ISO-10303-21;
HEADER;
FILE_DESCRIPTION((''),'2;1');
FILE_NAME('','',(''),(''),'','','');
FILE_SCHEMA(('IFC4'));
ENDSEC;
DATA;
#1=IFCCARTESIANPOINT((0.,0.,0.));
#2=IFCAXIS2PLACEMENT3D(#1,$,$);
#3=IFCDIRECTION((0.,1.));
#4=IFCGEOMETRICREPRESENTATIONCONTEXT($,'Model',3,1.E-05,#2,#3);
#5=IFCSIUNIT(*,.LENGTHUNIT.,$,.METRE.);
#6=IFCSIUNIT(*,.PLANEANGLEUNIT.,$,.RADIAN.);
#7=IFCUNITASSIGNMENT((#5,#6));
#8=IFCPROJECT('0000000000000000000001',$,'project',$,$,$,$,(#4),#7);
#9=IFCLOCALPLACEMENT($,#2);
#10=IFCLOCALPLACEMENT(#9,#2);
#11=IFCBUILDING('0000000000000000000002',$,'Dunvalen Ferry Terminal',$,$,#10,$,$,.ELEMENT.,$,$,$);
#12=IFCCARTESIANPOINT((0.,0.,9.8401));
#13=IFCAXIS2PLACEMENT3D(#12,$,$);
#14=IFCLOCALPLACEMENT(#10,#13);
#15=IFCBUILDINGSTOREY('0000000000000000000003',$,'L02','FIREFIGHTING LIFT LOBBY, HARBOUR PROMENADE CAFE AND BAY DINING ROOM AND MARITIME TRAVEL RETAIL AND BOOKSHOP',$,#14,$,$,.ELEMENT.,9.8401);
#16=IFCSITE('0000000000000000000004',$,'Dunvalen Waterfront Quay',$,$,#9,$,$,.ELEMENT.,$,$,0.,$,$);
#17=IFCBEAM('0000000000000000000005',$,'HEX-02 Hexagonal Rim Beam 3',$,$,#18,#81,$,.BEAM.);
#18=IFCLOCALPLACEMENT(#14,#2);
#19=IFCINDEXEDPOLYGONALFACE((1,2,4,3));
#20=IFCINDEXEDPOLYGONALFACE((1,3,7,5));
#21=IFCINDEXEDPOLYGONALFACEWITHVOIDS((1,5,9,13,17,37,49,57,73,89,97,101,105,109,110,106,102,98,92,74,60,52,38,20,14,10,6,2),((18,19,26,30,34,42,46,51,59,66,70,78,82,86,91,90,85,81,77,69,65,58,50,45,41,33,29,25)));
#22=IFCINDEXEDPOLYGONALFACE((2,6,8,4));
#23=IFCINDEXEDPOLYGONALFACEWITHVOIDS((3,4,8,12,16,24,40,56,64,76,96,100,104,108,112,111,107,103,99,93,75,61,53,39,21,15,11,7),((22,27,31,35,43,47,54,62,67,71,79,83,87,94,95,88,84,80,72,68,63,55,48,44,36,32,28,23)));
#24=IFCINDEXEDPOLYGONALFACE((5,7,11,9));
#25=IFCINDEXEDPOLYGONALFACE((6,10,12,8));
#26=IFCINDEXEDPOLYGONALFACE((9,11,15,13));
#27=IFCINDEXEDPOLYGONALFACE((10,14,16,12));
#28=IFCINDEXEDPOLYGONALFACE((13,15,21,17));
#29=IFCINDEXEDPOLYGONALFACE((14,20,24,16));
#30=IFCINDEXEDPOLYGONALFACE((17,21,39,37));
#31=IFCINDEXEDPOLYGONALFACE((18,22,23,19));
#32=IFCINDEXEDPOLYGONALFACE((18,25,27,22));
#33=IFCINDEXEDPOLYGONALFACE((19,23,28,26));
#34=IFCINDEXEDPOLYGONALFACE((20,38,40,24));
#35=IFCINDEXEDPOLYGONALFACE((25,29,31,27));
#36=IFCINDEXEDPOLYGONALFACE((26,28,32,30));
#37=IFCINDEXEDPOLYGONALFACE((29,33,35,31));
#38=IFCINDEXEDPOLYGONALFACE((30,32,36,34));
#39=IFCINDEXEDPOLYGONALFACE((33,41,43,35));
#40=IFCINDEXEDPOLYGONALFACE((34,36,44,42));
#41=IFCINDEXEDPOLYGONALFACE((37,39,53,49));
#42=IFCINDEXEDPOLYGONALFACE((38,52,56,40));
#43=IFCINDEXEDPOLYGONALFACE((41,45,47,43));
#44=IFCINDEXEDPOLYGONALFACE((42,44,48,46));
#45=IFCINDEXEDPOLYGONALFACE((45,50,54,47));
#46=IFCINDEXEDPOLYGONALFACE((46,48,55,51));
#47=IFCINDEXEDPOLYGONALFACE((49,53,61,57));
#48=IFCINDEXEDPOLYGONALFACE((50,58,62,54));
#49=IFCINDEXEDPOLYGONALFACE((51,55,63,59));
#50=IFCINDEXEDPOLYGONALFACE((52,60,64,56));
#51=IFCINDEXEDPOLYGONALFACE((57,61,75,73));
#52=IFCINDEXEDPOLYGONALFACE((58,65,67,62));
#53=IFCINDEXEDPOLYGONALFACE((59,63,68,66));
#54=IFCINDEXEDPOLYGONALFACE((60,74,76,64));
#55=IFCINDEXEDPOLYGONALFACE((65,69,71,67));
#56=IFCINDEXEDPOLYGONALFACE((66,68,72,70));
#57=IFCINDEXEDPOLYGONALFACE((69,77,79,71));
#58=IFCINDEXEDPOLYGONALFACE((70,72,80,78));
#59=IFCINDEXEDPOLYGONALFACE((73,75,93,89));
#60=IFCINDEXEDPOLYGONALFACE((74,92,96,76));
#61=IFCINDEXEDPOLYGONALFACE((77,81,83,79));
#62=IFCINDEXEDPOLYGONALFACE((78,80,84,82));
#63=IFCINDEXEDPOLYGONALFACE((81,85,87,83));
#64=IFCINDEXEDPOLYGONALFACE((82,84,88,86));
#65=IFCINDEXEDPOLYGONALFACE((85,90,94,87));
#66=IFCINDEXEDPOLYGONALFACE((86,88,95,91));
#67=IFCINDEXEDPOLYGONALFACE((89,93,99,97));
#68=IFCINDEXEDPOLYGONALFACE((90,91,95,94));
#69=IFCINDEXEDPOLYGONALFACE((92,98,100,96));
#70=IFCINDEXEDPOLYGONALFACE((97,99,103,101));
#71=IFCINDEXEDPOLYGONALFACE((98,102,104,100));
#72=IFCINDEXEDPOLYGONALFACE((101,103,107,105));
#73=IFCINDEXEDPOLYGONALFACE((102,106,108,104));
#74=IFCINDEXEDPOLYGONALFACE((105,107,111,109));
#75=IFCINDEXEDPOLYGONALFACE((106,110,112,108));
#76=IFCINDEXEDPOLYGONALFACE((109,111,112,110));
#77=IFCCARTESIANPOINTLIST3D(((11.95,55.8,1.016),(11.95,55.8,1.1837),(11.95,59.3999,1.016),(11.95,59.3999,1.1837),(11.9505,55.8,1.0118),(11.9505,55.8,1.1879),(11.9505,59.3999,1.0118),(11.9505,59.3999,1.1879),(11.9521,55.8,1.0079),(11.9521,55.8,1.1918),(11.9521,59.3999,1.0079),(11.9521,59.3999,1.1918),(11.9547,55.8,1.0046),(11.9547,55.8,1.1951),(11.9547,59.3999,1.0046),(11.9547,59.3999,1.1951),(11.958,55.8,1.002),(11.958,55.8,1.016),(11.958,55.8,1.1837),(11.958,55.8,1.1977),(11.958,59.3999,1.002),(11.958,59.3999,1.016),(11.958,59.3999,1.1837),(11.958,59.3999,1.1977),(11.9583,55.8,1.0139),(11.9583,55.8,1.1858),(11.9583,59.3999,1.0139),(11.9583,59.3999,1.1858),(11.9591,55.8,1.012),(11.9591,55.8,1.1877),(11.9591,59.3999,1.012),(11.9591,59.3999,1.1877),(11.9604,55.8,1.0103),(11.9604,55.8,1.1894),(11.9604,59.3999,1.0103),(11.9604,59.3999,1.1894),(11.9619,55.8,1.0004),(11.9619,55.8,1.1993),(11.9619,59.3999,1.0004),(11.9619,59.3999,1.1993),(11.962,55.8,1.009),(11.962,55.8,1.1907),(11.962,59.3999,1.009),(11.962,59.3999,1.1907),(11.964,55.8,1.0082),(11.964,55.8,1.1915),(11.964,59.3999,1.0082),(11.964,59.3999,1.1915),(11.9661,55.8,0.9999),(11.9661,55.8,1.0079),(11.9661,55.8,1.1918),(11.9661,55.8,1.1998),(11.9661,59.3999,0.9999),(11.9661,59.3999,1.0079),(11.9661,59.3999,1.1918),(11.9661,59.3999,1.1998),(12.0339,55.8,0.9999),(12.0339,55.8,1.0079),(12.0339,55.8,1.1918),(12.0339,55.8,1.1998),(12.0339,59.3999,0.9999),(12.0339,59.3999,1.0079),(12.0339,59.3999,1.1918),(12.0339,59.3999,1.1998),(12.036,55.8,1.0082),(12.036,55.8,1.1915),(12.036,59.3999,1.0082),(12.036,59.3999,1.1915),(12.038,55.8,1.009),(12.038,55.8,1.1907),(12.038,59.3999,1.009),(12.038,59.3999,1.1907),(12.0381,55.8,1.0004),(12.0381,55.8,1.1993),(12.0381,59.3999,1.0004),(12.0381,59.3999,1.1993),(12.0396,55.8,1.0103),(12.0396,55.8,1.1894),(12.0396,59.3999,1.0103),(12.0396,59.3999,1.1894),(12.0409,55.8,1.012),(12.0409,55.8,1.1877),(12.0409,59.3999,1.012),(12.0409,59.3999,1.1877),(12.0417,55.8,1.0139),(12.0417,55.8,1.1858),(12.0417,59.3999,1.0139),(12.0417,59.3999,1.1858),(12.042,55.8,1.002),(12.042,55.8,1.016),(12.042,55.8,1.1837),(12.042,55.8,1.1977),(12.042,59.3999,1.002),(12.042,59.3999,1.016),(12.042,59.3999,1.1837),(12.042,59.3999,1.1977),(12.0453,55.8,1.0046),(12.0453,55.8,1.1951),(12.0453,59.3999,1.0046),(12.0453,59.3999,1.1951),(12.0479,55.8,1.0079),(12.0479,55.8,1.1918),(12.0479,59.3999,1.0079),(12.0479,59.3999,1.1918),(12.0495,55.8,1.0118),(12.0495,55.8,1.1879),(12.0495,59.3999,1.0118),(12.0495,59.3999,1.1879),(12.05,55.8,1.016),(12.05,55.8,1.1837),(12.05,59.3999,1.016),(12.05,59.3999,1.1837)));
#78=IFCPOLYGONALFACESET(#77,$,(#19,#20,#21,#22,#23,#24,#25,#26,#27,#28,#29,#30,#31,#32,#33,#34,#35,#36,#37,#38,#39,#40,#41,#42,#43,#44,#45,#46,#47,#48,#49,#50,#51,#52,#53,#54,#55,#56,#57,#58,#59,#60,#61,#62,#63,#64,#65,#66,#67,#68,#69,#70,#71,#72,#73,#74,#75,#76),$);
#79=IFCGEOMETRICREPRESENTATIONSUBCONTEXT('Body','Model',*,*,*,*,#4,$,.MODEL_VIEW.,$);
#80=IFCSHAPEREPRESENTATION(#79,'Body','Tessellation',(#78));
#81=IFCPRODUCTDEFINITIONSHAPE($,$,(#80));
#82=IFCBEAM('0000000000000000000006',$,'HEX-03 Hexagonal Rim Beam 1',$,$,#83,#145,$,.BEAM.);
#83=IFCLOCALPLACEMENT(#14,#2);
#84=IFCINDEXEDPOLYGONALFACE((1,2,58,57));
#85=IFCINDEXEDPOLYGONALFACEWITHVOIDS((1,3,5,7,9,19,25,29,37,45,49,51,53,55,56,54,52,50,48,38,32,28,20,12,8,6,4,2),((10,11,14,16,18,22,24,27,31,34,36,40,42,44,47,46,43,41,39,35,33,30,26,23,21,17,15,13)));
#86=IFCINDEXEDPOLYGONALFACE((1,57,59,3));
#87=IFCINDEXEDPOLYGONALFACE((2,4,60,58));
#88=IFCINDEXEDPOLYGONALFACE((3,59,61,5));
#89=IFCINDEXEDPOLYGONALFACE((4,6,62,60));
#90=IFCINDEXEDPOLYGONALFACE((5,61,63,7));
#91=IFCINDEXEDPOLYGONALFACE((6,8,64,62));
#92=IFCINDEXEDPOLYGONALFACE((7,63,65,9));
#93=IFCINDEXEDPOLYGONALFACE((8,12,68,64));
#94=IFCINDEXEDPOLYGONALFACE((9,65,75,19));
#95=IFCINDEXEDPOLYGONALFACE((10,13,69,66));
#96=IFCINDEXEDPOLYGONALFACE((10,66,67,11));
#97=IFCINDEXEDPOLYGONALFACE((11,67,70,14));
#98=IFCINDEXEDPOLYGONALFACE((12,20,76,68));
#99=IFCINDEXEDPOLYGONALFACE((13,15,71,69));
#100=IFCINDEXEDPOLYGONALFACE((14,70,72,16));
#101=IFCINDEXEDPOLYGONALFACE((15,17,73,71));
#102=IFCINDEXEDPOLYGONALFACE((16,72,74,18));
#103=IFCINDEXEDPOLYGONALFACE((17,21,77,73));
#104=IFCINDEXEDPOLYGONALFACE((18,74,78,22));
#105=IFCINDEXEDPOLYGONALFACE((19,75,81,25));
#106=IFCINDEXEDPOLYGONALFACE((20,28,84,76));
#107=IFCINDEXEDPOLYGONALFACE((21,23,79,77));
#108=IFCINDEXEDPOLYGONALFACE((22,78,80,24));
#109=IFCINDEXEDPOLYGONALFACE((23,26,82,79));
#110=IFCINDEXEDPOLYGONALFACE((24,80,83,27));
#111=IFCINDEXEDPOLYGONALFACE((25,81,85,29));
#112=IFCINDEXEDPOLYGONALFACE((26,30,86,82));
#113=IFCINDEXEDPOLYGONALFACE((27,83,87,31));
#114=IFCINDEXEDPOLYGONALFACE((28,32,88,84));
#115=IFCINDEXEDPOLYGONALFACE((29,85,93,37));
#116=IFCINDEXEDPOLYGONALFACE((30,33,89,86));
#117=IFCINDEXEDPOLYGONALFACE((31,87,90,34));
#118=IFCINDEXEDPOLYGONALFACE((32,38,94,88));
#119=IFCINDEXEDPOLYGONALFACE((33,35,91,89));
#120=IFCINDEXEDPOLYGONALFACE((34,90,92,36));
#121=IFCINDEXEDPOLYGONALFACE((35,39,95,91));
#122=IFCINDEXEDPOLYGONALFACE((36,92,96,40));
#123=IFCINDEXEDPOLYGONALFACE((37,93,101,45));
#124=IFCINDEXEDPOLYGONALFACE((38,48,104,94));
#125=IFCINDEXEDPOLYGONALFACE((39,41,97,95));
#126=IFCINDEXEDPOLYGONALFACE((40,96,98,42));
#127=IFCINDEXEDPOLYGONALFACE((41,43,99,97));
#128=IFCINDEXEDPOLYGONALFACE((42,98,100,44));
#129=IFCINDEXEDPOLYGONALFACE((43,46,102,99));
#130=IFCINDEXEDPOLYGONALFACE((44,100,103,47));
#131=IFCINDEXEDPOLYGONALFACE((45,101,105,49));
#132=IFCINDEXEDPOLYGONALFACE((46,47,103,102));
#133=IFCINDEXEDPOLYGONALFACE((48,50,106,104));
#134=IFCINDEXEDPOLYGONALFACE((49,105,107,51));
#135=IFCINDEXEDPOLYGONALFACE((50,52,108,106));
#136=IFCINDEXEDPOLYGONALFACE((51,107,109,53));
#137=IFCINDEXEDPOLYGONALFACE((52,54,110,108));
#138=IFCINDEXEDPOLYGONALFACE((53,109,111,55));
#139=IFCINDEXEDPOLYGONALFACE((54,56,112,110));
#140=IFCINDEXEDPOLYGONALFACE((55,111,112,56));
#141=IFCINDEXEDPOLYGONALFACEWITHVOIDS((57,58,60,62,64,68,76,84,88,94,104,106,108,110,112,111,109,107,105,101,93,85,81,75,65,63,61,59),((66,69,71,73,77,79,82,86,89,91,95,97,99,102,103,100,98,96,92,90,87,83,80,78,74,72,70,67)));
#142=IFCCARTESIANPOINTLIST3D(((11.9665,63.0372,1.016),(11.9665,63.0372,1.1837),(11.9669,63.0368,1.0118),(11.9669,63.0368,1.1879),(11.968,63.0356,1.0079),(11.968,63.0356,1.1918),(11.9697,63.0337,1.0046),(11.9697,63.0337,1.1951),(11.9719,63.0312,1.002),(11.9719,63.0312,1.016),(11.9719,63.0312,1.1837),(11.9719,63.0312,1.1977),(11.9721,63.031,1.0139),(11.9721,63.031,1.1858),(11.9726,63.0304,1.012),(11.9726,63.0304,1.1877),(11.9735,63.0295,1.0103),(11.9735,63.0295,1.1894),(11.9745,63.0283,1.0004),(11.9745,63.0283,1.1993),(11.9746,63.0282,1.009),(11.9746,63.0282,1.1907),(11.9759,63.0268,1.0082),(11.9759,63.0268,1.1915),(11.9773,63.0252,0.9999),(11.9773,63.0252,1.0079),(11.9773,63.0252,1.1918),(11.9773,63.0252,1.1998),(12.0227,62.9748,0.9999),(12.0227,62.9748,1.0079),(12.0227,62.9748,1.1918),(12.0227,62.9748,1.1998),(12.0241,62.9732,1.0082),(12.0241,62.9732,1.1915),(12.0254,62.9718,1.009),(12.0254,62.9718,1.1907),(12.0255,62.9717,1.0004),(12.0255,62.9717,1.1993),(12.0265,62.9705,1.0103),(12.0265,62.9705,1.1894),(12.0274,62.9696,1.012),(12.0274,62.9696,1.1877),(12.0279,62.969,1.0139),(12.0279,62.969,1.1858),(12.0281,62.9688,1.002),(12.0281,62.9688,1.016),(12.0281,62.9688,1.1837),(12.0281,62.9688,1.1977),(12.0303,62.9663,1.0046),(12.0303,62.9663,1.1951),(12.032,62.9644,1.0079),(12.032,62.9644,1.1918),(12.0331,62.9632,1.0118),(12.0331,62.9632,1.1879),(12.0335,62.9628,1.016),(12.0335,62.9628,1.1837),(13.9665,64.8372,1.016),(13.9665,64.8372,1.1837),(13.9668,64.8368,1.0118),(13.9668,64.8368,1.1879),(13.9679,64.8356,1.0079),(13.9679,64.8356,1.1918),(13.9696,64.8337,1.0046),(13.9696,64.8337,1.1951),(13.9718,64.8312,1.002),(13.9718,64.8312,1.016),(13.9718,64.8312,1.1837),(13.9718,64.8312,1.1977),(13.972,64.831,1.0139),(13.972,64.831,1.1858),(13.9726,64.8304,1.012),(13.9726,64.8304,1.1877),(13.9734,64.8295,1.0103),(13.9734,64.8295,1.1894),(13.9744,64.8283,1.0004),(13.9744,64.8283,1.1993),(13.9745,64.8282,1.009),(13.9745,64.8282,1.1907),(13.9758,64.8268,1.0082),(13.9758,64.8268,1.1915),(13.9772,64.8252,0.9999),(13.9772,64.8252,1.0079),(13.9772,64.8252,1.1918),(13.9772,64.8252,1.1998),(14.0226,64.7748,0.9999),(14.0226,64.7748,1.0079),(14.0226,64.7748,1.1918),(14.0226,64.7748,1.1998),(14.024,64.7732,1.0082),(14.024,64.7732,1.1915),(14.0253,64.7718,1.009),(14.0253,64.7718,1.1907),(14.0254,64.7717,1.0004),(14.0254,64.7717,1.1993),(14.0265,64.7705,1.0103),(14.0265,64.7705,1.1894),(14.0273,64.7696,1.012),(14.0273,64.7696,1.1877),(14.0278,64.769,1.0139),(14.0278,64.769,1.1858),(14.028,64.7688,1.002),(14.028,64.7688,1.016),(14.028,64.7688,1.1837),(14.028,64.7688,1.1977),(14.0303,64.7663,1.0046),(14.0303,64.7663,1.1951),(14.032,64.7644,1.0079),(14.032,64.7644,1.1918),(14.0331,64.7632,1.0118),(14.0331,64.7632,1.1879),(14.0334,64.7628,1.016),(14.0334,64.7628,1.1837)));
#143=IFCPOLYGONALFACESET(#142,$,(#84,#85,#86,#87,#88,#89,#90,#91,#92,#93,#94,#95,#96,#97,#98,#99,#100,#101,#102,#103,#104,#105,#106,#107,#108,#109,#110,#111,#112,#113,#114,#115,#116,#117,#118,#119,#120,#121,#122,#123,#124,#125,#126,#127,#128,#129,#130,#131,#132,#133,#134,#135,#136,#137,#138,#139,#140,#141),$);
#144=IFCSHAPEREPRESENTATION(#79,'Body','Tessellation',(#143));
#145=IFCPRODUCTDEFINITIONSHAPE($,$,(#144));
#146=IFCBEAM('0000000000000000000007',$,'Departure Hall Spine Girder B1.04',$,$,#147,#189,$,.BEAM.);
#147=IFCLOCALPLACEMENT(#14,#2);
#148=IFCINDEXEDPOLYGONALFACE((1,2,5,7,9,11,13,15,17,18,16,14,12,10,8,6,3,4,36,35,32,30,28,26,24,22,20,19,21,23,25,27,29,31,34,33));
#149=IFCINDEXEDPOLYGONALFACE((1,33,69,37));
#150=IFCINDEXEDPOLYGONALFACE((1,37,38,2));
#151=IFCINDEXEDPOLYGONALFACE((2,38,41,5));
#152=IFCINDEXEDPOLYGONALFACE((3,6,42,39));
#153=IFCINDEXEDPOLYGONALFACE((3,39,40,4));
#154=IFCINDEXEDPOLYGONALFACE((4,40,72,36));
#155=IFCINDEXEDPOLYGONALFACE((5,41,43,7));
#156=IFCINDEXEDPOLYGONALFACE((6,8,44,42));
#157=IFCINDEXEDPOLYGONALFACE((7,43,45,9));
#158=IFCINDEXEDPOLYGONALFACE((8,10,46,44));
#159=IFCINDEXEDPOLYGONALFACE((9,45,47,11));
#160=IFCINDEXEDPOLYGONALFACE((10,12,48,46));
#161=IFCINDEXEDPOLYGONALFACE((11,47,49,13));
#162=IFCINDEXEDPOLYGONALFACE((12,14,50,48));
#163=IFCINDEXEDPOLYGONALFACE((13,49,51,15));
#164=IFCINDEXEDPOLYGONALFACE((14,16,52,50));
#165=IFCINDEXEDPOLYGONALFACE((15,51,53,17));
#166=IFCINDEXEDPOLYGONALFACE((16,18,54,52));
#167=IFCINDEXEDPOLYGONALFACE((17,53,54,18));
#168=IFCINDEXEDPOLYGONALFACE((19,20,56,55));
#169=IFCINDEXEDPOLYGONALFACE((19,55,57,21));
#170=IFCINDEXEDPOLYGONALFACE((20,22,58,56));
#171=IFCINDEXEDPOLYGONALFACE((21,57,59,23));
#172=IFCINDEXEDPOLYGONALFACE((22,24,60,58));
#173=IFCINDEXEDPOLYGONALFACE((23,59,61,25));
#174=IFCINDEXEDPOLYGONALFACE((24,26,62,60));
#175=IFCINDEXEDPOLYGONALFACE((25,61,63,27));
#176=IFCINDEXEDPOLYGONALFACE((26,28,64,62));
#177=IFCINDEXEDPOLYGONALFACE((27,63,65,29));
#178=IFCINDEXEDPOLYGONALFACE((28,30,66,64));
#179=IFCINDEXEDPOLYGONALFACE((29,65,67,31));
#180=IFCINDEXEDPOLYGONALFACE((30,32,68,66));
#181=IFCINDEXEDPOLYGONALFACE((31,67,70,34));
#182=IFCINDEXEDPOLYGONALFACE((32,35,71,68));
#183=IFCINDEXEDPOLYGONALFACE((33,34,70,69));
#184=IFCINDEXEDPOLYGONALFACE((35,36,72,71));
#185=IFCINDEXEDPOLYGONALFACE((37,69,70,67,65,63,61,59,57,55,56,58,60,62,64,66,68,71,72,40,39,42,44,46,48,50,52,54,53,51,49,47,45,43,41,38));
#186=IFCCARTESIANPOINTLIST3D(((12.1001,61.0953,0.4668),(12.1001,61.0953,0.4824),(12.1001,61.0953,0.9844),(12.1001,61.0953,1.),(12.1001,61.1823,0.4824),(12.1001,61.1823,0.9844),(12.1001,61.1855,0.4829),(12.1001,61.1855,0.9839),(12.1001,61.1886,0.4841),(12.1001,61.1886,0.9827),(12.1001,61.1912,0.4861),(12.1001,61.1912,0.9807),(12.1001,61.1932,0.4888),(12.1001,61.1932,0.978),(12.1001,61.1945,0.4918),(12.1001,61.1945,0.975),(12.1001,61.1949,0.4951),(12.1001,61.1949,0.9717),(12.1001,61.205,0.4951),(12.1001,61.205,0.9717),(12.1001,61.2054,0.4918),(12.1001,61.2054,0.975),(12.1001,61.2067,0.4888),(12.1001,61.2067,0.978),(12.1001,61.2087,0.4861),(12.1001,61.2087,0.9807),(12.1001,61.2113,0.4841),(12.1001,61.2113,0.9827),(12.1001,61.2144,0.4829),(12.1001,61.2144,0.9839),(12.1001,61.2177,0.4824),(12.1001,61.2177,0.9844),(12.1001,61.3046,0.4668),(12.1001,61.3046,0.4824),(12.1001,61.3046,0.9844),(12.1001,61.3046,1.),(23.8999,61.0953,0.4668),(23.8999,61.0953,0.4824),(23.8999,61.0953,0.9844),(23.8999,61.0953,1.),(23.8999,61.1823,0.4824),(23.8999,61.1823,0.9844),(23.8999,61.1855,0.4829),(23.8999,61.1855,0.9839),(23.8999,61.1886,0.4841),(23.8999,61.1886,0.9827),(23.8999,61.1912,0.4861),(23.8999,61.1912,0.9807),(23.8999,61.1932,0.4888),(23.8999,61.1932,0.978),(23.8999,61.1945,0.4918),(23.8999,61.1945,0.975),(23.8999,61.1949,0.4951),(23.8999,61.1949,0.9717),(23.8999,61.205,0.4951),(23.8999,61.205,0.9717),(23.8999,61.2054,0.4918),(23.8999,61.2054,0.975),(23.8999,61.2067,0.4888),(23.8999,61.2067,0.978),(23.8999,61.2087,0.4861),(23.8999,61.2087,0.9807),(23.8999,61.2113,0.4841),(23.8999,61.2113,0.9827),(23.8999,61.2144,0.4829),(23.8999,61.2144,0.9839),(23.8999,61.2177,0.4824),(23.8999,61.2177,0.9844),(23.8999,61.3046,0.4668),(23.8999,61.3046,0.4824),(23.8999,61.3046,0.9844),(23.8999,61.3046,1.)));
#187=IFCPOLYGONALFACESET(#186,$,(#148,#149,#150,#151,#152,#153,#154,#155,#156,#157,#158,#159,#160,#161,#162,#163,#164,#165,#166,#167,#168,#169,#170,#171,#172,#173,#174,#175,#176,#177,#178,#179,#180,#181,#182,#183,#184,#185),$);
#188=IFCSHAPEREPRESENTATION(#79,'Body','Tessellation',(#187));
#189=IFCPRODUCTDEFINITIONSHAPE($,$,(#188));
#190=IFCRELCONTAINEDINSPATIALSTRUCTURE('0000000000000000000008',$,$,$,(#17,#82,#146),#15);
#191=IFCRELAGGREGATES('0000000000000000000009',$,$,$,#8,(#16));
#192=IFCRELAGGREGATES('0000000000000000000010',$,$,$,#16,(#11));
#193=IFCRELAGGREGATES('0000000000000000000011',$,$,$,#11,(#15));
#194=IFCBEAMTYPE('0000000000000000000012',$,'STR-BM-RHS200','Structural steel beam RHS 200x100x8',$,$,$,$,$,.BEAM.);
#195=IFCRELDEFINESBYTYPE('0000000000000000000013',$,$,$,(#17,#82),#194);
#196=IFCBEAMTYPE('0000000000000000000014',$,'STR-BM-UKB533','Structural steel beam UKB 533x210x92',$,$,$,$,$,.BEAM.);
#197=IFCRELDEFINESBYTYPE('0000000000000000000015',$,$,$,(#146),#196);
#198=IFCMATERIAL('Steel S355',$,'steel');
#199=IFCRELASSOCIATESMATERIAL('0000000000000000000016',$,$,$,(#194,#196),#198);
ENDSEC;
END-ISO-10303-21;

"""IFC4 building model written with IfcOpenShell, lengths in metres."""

from ifc_helpers import new_model, si_unit, direction, frame, origin, origin_2d, place, context, subcontext, project, spatial, hollow_rectangle, i_section, extrude, material, material_profile, profile_set, type_object, element, save


model = new_model("IFC4")

# Units and contexts
model_context = context("Model", 3, precision=1e-05, world=origin(), true_north=direction((0.0, 1.0)))
body_context = subcontext(model_context, "Body", "Model", "MODEL_VIEW")
ifc_project = project(units=[si_unit("LENGTHUNIT", "METRE"), si_unit("PLANEANGLEUNIT", "RADIAN")], contexts=[model_context])

# Site, building, storey
site_placement = place(None, origin())
site = spatial("IfcSite", under=ifc_project, at=site_placement, Name="Dunvalen Waterfront Quay", CompositionType="ELEMENT", RefElevation=0.0)
building_placement = place(site_placement, origin())
building = spatial("IfcBuilding", under=site, at=building_placement, Name="Dunvalen Ferry Terminal", CompositionType="ELEMENT")
storey_placement = place(building_placement, frame((0.0, 0.0, 9.8401)))
storey = spatial("IfcBuildingStorey", under=building, at=storey_placement, Name="L02", Description="FIREFIGHTING LIFT LOBBY, HARBOUR PROMENADE CAFE AND BAY DINING ROOM AND MARITIME TRAVEL RETAIL AND BOOKSHOP", CompositionType="ELEMENT", Elevation=9.8401)

# Beams
ifc_material_1 = material(Name="Steel S355", Category="steel")
ifc_material_profile_1 = material_profile(ifc_material_1, hollow_rectangle(XDim=0.1001, YDim=0.2, WallThickness=0.0081, InnerFilletRadius=0.0081, OuterFilletRadius=0.0161, at=origin_2d()), Name="Steel S355")
ifc_profile_set_1 = profile_set([ifc_material_profile_1], Name="Steel S355")
beam_type_1 = type_object("IfcBeamType", Name="STR-BM-RHS200", Description="Structural steel beam RHS 200x100x8", PredefinedType="BEAM", material=ifc_profile_set_1)
beam_1_placement = place(storey_placement, frame((12.0, 59.3999, 1.0999), z_axis=(0.0, -1.0, 0.0), x_axis=(1.0, 0.0, 0.0)))
element("IfcBeam", 1, at=beam_1_placement, inside=storey, type_object=beam_type_1, Name="HEX-02 Hexagonal Rim Beam 3", PredefinedType="BEAM", context=body_context, shape_type="SweptSolid", body=[
    extrude(hollow_rectangle(XDim=0.1001, YDim=0.2, WallThickness=0.0081, InnerFilletRadius=0.0081, OuterFilletRadius=0.0161, at=origin_2d()), origin(), (0.0, 0.0, 1.0), 3.5999),
])
beam_2_placement = place(storey_placement, frame((12.0, 63.0, 1.0999), z_axis=(0.743285, 0.668975, 0.0), x_axis=(-0.668975, 0.743285, 0.0)))
element("IfcBeam", 2, at=beam_2_placement, inside=storey, type_object=beam_type_1, Name="HEX-03 Hexagonal Rim Beam 1", PredefinedType="BEAM", context=body_context, shape_type="SweptSolid", body=[
    extrude(hollow_rectangle(XDim=0.1001, YDim=0.2, WallThickness=0.0081, InnerFilletRadius=0.0081, OuterFilletRadius=0.0161, at=origin_2d()), origin(), (0.0, 0.0, 1.0), 2.6907),
])
ifc_material_profile_2 = material_profile(ifc_material_1, i_section(OverallWidth=0.2092, OverallDepth=0.5332, WebThickness=0.01, FlangeThickness=0.0156, FilletRadius=0.0127, at=origin_2d()), Name="Steel S355")
ifc_profile_set_2 = profile_set([ifc_material_profile_2], Name="Steel S355")
beam_type_2 = type_object("IfcBeamType", Name="STR-BM-UKB533", Description="Structural steel beam UKB 533x210x92", PredefinedType="BEAM", material=ifc_profile_set_2)
beam_3_placement = place(storey_placement, frame((12.1001, 61.2, 0.7334), z_axis=(1.0, 0.0, 0.0), x_axis=(0.0, 1.0, 0.0)))
element("IfcBeam", 3, at=beam_3_placement, inside=storey, type_object=beam_type_2, Name="Departure Hall Spine Girder B1.04", PredefinedType="BEAM", context=body_context, shape_type="SweptSolid", body=[
    extrude(i_section(OverallWidth=0.2092, OverallDepth=0.5332, WebThickness=0.01, FlangeThickness=0.0156, FilletRadius=0.0127, at=origin_2d()), origin(), (0.0, 0.0, 1.0), 11.7998),
])

save(model, "model.ifc")
